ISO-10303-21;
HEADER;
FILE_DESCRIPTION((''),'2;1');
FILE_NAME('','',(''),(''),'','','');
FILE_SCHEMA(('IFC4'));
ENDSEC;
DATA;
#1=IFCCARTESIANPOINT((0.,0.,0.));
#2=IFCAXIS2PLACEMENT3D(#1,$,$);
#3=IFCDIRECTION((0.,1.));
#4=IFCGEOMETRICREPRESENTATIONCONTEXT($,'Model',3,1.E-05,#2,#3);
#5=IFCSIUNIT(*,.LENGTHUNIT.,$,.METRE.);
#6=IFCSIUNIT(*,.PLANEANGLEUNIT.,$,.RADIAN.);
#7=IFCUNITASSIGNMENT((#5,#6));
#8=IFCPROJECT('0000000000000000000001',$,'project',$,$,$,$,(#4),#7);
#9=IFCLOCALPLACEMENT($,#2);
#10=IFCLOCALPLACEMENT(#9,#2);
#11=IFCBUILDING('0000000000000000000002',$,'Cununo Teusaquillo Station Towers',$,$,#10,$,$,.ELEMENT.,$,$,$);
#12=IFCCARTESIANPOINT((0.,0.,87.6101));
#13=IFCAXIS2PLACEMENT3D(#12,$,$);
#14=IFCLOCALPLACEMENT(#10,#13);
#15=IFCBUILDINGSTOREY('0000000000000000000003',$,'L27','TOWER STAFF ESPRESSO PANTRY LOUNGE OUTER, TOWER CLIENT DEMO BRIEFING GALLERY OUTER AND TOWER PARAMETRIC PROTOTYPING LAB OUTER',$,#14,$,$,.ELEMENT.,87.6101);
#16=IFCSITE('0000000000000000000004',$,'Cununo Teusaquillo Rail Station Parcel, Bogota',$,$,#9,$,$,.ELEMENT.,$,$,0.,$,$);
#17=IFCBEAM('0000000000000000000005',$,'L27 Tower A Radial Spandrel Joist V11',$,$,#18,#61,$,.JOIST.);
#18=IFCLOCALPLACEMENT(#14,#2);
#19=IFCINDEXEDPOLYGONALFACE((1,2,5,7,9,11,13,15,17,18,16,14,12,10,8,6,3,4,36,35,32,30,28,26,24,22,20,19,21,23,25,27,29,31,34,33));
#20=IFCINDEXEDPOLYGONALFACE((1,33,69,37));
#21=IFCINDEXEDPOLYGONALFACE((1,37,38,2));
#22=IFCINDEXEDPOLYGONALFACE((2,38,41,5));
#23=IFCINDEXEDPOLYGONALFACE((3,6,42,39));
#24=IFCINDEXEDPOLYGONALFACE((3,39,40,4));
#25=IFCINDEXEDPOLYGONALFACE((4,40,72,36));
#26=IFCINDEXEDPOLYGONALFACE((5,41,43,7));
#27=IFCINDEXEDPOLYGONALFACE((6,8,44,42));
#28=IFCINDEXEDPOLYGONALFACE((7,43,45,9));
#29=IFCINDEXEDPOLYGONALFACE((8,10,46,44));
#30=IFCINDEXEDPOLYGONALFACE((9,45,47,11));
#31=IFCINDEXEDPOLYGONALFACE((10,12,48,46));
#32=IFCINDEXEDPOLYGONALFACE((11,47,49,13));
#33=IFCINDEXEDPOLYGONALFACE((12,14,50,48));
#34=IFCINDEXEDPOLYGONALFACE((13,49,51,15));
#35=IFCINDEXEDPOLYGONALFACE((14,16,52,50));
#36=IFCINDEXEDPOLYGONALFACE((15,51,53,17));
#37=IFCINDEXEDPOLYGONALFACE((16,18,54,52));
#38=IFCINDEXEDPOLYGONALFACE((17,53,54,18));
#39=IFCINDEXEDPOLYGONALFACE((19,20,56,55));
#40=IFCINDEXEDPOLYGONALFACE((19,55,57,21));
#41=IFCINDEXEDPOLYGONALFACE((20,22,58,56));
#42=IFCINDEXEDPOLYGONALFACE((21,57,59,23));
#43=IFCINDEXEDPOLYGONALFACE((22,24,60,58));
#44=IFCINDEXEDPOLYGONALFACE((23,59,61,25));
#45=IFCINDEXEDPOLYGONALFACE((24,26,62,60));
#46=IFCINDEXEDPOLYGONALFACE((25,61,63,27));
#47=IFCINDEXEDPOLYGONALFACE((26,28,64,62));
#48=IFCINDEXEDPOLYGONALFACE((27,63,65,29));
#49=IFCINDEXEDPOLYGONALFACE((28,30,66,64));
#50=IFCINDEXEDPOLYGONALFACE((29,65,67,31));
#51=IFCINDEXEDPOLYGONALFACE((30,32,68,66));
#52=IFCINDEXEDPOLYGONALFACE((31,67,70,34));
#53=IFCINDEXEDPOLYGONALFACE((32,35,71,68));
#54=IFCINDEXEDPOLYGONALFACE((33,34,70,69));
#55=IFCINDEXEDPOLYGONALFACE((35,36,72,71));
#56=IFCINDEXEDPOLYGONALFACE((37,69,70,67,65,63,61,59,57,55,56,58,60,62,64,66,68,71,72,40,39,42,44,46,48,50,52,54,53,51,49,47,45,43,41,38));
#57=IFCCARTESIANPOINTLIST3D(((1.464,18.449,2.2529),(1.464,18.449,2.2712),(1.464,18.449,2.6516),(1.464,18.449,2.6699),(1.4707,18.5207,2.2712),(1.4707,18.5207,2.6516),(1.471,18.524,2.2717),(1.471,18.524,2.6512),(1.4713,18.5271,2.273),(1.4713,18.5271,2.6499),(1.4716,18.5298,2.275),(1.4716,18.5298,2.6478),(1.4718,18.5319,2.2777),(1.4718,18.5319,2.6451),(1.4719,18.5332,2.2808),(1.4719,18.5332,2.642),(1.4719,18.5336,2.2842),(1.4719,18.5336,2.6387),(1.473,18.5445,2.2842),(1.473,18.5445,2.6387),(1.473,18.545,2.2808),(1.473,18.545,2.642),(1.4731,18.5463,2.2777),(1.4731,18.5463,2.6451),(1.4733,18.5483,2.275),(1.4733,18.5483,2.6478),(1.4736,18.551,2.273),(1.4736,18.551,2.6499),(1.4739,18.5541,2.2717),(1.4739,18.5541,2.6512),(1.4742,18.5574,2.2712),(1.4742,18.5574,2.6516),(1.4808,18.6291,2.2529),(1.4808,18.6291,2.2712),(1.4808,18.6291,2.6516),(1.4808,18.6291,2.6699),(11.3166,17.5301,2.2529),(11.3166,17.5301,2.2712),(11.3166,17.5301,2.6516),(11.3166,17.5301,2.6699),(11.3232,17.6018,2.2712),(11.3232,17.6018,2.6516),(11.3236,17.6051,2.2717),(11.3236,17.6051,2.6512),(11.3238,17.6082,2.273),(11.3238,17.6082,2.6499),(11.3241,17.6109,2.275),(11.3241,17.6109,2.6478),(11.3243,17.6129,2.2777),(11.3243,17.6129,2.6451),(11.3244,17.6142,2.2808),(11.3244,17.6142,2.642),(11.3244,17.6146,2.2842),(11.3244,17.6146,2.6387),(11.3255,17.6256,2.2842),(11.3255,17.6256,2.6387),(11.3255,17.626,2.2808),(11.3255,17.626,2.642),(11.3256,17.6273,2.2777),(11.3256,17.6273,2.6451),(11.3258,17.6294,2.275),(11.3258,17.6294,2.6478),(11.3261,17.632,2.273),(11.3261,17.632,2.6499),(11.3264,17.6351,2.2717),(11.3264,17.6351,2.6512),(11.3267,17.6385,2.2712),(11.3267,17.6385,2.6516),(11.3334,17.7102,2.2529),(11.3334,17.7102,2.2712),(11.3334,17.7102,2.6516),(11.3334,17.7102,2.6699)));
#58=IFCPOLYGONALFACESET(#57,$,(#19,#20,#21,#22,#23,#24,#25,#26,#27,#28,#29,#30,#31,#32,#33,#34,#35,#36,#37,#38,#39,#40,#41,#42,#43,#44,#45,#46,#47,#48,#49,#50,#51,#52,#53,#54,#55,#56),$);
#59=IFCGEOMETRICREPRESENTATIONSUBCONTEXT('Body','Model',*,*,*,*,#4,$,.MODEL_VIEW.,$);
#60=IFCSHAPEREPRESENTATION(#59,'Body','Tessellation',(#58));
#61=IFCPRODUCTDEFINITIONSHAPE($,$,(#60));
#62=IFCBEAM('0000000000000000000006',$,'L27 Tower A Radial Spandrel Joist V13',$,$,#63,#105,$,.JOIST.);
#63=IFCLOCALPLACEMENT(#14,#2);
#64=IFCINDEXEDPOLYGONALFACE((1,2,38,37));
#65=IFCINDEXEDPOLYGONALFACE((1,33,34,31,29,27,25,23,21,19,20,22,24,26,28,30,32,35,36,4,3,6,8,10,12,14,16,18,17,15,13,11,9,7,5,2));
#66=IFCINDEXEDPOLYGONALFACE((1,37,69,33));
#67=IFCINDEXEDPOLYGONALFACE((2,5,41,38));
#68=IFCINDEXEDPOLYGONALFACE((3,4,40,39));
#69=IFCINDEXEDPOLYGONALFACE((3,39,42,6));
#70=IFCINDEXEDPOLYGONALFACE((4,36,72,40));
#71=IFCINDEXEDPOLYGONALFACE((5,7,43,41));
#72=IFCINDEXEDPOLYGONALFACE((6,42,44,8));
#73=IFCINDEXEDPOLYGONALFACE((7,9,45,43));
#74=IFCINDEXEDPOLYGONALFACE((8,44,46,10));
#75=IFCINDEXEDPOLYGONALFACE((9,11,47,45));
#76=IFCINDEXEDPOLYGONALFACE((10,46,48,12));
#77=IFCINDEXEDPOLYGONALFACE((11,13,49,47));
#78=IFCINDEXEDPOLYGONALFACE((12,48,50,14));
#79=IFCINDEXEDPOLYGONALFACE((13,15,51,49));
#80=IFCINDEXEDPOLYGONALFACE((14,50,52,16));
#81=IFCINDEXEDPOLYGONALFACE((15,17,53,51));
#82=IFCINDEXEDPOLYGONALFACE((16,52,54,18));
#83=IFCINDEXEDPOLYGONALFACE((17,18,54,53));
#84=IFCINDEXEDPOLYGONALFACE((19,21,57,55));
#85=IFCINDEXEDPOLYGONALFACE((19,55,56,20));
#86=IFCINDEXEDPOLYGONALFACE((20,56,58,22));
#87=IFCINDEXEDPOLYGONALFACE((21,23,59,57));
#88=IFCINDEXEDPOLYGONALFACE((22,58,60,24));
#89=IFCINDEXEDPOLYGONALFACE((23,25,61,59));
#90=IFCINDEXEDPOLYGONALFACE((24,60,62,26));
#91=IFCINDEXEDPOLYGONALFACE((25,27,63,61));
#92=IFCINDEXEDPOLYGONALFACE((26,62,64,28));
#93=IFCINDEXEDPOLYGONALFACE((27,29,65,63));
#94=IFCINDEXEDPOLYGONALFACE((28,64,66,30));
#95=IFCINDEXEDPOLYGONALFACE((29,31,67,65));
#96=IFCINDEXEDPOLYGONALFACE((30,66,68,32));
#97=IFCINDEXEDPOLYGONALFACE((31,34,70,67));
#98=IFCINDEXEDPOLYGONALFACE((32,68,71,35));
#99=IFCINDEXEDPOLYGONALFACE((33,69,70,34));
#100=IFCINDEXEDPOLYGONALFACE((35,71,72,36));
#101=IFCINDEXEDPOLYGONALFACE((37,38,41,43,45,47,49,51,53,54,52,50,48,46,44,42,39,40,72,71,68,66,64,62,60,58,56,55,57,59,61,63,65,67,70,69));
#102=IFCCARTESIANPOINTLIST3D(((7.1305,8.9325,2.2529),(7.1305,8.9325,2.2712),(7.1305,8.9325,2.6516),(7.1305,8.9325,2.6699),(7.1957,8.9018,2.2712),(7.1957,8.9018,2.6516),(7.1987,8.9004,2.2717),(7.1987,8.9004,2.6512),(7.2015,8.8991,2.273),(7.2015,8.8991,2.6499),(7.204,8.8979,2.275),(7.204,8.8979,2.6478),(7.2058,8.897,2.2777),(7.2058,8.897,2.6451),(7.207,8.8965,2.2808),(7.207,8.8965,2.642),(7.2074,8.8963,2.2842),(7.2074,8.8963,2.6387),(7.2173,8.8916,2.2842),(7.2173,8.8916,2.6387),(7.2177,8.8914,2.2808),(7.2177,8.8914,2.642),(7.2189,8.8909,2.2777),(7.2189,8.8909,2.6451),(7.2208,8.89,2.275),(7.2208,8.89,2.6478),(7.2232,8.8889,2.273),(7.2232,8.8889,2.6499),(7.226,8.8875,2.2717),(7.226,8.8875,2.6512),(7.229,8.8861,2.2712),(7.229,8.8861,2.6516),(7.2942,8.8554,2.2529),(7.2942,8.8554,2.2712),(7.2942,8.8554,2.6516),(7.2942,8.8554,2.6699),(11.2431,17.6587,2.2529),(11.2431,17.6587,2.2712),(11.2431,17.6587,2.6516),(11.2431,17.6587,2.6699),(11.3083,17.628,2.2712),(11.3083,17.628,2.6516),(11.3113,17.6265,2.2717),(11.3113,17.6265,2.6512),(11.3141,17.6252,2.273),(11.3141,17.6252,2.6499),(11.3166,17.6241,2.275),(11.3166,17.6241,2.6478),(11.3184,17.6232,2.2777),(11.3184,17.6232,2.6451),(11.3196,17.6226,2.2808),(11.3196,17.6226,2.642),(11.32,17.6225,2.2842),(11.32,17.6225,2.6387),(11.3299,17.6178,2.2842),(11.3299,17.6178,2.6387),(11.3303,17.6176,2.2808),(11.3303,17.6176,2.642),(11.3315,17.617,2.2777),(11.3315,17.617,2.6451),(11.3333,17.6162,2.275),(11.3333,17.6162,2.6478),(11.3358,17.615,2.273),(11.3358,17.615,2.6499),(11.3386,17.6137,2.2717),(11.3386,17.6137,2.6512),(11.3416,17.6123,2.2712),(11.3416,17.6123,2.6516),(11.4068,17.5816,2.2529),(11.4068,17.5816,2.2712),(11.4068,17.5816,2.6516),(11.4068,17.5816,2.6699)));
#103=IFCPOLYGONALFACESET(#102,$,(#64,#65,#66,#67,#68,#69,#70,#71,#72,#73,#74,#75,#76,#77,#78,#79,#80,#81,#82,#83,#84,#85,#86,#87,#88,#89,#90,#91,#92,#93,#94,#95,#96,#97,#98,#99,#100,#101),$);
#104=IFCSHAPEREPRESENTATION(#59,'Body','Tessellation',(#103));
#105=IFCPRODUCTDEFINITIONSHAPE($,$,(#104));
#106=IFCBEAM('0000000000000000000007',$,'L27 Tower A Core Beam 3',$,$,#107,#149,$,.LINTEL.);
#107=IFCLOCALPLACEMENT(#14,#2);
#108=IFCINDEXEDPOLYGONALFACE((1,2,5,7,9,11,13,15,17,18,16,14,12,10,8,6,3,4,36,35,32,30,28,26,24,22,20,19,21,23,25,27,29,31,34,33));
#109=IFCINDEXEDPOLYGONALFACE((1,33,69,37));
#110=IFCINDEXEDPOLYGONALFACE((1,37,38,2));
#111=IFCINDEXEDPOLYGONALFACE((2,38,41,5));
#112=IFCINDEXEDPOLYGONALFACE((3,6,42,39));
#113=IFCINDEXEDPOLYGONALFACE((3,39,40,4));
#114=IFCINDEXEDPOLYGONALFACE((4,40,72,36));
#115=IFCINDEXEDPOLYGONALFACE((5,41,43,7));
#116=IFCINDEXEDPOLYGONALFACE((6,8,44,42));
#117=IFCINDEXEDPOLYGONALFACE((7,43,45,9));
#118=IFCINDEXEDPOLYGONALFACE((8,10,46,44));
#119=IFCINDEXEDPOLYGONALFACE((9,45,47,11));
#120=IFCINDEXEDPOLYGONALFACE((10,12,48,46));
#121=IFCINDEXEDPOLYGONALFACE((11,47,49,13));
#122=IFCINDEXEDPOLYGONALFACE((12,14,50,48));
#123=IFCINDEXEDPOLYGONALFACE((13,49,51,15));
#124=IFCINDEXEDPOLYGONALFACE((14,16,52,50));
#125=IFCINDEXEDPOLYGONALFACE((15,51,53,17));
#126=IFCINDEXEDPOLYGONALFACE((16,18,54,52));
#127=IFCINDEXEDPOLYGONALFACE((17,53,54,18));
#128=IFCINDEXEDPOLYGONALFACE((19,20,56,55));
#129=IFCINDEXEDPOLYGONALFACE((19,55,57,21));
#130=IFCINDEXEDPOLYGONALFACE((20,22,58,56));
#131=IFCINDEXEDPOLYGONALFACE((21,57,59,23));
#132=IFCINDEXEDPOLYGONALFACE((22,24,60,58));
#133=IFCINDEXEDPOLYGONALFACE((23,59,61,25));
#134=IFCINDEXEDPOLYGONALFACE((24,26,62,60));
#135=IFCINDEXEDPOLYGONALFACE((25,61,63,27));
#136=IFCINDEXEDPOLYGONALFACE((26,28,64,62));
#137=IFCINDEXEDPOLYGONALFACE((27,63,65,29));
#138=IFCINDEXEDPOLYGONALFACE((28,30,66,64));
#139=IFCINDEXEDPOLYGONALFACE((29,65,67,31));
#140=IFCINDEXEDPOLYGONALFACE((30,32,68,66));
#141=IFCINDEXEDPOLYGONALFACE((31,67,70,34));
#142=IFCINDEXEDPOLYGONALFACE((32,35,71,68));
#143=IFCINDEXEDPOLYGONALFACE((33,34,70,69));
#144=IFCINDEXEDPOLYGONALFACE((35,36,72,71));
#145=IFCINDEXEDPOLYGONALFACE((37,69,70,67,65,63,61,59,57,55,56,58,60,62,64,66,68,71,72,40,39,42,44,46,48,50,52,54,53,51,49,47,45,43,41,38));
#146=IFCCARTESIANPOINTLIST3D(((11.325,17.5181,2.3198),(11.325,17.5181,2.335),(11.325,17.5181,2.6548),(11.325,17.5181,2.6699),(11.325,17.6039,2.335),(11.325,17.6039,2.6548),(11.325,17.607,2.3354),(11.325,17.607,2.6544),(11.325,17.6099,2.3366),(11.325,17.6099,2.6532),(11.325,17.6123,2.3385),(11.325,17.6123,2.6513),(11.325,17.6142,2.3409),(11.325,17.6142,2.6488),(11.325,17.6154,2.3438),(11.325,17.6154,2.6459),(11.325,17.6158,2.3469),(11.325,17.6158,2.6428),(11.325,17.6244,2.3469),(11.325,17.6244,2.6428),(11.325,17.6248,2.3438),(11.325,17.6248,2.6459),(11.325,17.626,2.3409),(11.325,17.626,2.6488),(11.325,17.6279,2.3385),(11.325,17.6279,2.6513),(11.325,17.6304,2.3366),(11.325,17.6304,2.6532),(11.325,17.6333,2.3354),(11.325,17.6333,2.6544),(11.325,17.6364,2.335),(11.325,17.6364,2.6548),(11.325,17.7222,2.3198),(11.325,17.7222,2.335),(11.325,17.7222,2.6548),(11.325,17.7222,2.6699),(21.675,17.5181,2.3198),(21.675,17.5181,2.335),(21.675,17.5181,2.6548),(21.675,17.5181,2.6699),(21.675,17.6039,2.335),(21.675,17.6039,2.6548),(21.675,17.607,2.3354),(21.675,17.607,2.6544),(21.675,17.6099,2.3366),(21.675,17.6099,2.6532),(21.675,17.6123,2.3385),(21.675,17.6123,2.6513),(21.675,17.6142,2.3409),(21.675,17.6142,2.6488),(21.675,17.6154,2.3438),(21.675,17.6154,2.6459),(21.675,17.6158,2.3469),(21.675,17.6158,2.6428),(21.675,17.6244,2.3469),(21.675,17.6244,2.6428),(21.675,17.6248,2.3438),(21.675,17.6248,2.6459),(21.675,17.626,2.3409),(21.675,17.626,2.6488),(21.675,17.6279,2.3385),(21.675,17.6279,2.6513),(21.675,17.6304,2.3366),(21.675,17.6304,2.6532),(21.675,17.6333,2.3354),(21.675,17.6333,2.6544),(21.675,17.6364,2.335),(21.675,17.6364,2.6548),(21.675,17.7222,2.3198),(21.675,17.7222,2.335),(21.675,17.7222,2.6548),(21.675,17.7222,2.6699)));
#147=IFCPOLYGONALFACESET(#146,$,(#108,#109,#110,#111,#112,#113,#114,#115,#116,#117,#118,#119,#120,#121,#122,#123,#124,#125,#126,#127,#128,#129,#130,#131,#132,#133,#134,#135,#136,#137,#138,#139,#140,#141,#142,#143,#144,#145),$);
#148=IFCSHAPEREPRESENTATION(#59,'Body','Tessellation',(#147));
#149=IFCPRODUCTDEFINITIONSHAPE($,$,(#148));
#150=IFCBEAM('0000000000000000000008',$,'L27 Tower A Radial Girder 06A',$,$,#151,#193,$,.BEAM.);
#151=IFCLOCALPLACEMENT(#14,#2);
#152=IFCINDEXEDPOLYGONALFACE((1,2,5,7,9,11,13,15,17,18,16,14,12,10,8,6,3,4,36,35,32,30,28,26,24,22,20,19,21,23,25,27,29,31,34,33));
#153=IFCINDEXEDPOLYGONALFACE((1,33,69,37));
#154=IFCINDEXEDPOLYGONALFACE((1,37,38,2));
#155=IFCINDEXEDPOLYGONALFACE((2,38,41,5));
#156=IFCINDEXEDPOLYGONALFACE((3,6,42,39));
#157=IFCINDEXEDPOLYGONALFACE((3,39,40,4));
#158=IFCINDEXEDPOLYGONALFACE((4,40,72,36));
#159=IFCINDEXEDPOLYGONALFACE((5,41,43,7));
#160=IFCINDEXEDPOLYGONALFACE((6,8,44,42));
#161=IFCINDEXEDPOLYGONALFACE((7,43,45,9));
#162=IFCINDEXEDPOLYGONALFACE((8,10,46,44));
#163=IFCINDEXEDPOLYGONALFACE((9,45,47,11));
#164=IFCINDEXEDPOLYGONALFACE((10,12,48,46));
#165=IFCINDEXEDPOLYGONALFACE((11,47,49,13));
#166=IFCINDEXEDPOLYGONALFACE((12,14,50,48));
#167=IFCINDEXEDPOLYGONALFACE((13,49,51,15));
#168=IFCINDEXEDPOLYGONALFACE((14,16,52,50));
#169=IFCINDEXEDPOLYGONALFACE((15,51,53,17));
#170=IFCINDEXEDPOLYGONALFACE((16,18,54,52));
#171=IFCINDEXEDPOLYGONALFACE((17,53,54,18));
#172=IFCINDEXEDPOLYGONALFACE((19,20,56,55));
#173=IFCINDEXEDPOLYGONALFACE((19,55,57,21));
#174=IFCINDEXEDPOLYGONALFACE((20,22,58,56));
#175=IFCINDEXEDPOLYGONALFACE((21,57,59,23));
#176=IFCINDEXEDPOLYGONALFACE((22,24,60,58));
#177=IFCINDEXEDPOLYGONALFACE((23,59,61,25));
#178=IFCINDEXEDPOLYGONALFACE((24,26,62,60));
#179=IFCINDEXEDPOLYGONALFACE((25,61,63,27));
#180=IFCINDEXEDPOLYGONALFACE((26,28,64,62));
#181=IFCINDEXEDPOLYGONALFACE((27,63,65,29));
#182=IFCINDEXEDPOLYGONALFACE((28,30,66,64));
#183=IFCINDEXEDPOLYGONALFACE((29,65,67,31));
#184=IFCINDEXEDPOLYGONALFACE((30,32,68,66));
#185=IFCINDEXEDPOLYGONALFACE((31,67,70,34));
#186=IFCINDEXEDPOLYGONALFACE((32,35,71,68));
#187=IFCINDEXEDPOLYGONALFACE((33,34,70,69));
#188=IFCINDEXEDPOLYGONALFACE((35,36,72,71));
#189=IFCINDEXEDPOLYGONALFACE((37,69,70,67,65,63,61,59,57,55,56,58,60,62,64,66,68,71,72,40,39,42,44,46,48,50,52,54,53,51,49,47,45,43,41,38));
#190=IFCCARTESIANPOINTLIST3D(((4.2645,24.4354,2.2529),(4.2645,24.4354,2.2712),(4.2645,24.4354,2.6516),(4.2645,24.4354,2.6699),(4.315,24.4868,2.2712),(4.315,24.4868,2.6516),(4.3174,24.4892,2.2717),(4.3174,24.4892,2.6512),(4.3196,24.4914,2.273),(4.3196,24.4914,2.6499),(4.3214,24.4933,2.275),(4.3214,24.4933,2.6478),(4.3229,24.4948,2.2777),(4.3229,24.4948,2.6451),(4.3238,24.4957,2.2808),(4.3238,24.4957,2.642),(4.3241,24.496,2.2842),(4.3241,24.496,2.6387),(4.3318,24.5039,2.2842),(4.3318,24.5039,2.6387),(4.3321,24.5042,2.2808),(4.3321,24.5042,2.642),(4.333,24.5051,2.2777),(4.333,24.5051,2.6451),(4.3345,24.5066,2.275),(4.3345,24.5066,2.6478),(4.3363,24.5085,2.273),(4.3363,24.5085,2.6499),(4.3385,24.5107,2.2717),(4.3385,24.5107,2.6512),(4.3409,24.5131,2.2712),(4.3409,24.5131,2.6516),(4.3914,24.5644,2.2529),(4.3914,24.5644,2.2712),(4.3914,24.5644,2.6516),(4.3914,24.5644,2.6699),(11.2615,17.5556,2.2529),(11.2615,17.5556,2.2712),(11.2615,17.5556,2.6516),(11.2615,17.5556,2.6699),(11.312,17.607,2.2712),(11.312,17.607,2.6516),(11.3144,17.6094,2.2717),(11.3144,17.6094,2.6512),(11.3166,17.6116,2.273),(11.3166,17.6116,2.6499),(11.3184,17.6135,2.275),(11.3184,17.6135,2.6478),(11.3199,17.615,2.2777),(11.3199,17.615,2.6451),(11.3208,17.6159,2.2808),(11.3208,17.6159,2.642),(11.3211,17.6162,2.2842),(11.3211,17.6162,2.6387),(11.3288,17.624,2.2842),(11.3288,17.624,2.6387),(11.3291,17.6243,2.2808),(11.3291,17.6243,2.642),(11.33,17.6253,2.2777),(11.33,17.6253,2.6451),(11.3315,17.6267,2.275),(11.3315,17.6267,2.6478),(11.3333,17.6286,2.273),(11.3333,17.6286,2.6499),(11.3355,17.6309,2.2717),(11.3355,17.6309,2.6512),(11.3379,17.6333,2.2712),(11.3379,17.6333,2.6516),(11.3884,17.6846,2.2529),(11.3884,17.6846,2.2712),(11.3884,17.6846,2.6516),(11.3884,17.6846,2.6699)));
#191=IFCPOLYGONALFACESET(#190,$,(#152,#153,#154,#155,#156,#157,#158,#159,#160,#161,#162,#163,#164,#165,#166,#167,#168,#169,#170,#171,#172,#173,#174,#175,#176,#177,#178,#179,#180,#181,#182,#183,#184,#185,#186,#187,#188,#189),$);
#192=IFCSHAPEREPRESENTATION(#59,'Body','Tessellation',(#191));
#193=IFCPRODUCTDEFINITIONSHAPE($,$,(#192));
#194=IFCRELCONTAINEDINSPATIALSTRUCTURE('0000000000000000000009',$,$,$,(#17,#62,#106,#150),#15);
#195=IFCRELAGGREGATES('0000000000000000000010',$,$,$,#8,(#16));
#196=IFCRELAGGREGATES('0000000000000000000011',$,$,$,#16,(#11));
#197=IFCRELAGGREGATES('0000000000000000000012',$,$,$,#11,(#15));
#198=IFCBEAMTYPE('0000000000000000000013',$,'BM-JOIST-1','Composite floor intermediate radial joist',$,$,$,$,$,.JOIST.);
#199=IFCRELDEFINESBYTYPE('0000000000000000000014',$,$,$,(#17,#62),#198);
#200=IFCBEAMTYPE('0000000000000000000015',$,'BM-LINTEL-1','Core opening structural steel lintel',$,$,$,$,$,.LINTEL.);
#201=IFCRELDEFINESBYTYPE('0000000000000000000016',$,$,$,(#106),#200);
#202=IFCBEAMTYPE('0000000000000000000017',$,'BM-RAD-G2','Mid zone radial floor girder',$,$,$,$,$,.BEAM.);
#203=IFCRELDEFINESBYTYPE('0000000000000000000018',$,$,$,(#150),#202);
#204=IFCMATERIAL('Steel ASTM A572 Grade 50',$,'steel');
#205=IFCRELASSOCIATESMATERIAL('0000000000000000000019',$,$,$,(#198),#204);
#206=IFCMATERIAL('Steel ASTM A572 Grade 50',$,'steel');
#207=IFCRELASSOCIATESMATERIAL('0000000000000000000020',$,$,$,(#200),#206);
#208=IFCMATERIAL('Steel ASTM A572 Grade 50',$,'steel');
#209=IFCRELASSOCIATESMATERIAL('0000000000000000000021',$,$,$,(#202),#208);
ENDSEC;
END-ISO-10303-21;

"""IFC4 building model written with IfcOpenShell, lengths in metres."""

from ifc_helpers import new_model, si_unit, direction, frame, origin, origin_2d, place, context, subcontext, project, spatial, i_section, extrude, material, material_profile, profile_set, type_object, element, save


model = new_model("IFC4")

# Units and contexts
model_context = context("Model", 3, precision=1e-05, world=origin(), true_north=direction((0.0, 1.0)))
body_context = subcontext(model_context, "Body", "Model", "MODEL_VIEW")
ifc_project = project(units=[si_unit("LENGTHUNIT", "METRE"), si_unit("PLANEANGLEUNIT", "RADIAN")], contexts=[model_context])

# Site, building, storey
site_placement = place(None, origin())
site = spatial("IfcSite", under=ifc_project, at=site_placement, Name="Cununo Teusaquillo Rail Station Parcel, Bogota", CompositionType="ELEMENT", RefElevation=0.0)
building_placement = place(site_placement, origin())
building = spatial("IfcBuilding", under=site, at=building_placement, Name="Cununo Teusaquillo Station Towers", CompositionType="ELEMENT")
storey_placement = place(building_placement, frame((0.0, 0.0, 87.6101)))
storey = spatial("IfcBuildingStorey", under=building, at=storey_placement, Name="L27", Description="TOWER STAFF ESPRESSO PANTRY LOUNGE OUTER, TOWER CLIENT DEMO BRIEFING GALLERY OUTER AND TOWER PARAMETRIC PROTOTYPING LAB OUTER", CompositionType="ELEMENT", Elevation=87.6101)

# Beams
ifc_material_1 = material(Name="Steel ASTM A572 Grade 50", Category="steel")
ifc_material_profile_1 = material_profile(ifc_material_1, i_section(OverallWidth=0.1809, OverallDepth=0.417, WebThickness=0.011, FlangeThickness=0.0183, FilletRadius=0.0129, at=origin_2d()), Name="W16X57")
ifc_profile_set_1 = profile_set([ifc_material_profile_1], Name="Steel ASTM A572 Grade 50")
beam_type_1 = type_object("IfcBeamType", Name="BM-JOIST-1", Description="Composite floor intermediate radial joist", PredefinedType="JOIST", material=ifc_profile_set_1)
beam_1_placement = place(storey_placement, frame((11.325, 17.6201, 2.4614), z_axis=(-0.995679, 0.092867, 0.0), x_axis=(-0.092867, -0.995679, 0.0)))
element("IfcBeam", 1, at=beam_1_placement, inside=storey, type_object=beam_type_1, Name="L27 Tower A Radial Spandrel Joist V11", PredefinedType="JOIST", context=body_context, shape_type="SweptSolid", body=[
    extrude(i_section(OverallWidth=0.1809, OverallDepth=0.417, WebThickness=0.011, FlangeThickness=0.0183, FilletRadius=0.0129, at=origin_2d()), origin(), (0.0, 0.0, 1.0), 9.8953),
])
beam_2_placement = place(storey_placement, frame((11.325, 17.6201, 2.4614), z_axis=(-0.42632, -0.904572, 0.0), x_axis=(0.904572, -0.42632, 0.0)))
element("IfcBeam", 2, at=beam_2_placement, inside=storey, type_object=beam_type_1, Name="L27 Tower A Radial Spandrel Joist V13", PredefinedType="JOIST", context=body_context, shape_type="SweptSolid", body=[
    extrude(i_section(OverallWidth=0.1809, OverallDepth=0.417, WebThickness=0.011, FlangeThickness=0.0183, FilletRadius=0.0129, at=origin_2d()), origin(), (0.0, 0.0, 1.0), 9.6467),
])
ifc_material_2 = material(Name="Steel ASTM A572 Grade 50", Category="steel")
ifc_material_profile_2 = material_profile(ifc_material_2, i_section(OverallWidth=0.2041, OverallDepth=0.3501, WebThickness=0.0085, FlangeThickness=0.0151, FilletRadius=0.012, at=origin_2d()), Name="W14X48")
ifc_profile_set_2 = profile_set([ifc_material_profile_2], Name="Steel ASTM A572 Grade 50")
beam_type_2 = type_object("IfcBeamType", Name="BM-LINTEL-1", Description="Core opening structural steel lintel", PredefinedType="LINTEL", material=ifc_profile_set_2)
beam_3_placement = place(storey_placement, frame((11.325, 17.6201, 2.4949), z_axis=(1.0, 0.0, 0.0), x_axis=(0.0, 1.0, 0.0)))
element("IfcBeam", 3, at=beam_3_placement, inside=storey, type_object=beam_type_2, Name="L27 Tower A Core Beam 3", PredefinedType="LINTEL", context=body_context, shape_type="SweptSolid", body=[
    extrude(i_section(OverallWidth=0.2041, OverallDepth=0.3501, WebThickness=0.0085, FlangeThickness=0.0151, FilletRadius=0.012, at=origin_2d()), origin(), (0.0, 0.0, 1.0), 10.3501),
])
ifc_material_3 = material(Name="Steel ASTM A572 Grade 50", Category="steel")
ifc_material_profile_3 = material_profile(ifc_material_3, i_section(OverallWidth=0.1809, OverallDepth=0.417, WebThickness=0.011, FlangeThickness=0.0183, FilletRadius=0.0129, at=origin_2d()), Name="W16X57")
ifc_profile_set_3 = profile_set([ifc_material_profile_3], Name="Steel ASTM A572 Grade 50")
beam_type_3 = type_object("IfcBeamType", Name="BM-RAD-G2", Description="Mid zone radial floor girder", PredefinedType="BEAM", material=ifc_profile_set_3)
beam_4_placement = place(storey_placement, frame((11.325, 17.6201, 2.4614), z_axis=(-0.713053, 0.70111, 0.0), x_axis=(-0.70111, -0.713053, 0.0)))
element("IfcBeam", 4, at=beam_4_placement, inside=storey, type_object=beam_type_3, Name="L27 Tower A Radial Girder 06A", PredefinedType="BEAM", context=body_context, shape_type="SweptSolid", body=[
    extrude(i_section(OverallWidth=0.1809, OverallDepth=0.417, WebThickness=0.011, FlangeThickness=0.0183, FilletRadius=0.0129, at=origin_2d()), origin(), (0.0, 0.0, 1.0), 9.8127),
])

save(model, "model.ifc")
